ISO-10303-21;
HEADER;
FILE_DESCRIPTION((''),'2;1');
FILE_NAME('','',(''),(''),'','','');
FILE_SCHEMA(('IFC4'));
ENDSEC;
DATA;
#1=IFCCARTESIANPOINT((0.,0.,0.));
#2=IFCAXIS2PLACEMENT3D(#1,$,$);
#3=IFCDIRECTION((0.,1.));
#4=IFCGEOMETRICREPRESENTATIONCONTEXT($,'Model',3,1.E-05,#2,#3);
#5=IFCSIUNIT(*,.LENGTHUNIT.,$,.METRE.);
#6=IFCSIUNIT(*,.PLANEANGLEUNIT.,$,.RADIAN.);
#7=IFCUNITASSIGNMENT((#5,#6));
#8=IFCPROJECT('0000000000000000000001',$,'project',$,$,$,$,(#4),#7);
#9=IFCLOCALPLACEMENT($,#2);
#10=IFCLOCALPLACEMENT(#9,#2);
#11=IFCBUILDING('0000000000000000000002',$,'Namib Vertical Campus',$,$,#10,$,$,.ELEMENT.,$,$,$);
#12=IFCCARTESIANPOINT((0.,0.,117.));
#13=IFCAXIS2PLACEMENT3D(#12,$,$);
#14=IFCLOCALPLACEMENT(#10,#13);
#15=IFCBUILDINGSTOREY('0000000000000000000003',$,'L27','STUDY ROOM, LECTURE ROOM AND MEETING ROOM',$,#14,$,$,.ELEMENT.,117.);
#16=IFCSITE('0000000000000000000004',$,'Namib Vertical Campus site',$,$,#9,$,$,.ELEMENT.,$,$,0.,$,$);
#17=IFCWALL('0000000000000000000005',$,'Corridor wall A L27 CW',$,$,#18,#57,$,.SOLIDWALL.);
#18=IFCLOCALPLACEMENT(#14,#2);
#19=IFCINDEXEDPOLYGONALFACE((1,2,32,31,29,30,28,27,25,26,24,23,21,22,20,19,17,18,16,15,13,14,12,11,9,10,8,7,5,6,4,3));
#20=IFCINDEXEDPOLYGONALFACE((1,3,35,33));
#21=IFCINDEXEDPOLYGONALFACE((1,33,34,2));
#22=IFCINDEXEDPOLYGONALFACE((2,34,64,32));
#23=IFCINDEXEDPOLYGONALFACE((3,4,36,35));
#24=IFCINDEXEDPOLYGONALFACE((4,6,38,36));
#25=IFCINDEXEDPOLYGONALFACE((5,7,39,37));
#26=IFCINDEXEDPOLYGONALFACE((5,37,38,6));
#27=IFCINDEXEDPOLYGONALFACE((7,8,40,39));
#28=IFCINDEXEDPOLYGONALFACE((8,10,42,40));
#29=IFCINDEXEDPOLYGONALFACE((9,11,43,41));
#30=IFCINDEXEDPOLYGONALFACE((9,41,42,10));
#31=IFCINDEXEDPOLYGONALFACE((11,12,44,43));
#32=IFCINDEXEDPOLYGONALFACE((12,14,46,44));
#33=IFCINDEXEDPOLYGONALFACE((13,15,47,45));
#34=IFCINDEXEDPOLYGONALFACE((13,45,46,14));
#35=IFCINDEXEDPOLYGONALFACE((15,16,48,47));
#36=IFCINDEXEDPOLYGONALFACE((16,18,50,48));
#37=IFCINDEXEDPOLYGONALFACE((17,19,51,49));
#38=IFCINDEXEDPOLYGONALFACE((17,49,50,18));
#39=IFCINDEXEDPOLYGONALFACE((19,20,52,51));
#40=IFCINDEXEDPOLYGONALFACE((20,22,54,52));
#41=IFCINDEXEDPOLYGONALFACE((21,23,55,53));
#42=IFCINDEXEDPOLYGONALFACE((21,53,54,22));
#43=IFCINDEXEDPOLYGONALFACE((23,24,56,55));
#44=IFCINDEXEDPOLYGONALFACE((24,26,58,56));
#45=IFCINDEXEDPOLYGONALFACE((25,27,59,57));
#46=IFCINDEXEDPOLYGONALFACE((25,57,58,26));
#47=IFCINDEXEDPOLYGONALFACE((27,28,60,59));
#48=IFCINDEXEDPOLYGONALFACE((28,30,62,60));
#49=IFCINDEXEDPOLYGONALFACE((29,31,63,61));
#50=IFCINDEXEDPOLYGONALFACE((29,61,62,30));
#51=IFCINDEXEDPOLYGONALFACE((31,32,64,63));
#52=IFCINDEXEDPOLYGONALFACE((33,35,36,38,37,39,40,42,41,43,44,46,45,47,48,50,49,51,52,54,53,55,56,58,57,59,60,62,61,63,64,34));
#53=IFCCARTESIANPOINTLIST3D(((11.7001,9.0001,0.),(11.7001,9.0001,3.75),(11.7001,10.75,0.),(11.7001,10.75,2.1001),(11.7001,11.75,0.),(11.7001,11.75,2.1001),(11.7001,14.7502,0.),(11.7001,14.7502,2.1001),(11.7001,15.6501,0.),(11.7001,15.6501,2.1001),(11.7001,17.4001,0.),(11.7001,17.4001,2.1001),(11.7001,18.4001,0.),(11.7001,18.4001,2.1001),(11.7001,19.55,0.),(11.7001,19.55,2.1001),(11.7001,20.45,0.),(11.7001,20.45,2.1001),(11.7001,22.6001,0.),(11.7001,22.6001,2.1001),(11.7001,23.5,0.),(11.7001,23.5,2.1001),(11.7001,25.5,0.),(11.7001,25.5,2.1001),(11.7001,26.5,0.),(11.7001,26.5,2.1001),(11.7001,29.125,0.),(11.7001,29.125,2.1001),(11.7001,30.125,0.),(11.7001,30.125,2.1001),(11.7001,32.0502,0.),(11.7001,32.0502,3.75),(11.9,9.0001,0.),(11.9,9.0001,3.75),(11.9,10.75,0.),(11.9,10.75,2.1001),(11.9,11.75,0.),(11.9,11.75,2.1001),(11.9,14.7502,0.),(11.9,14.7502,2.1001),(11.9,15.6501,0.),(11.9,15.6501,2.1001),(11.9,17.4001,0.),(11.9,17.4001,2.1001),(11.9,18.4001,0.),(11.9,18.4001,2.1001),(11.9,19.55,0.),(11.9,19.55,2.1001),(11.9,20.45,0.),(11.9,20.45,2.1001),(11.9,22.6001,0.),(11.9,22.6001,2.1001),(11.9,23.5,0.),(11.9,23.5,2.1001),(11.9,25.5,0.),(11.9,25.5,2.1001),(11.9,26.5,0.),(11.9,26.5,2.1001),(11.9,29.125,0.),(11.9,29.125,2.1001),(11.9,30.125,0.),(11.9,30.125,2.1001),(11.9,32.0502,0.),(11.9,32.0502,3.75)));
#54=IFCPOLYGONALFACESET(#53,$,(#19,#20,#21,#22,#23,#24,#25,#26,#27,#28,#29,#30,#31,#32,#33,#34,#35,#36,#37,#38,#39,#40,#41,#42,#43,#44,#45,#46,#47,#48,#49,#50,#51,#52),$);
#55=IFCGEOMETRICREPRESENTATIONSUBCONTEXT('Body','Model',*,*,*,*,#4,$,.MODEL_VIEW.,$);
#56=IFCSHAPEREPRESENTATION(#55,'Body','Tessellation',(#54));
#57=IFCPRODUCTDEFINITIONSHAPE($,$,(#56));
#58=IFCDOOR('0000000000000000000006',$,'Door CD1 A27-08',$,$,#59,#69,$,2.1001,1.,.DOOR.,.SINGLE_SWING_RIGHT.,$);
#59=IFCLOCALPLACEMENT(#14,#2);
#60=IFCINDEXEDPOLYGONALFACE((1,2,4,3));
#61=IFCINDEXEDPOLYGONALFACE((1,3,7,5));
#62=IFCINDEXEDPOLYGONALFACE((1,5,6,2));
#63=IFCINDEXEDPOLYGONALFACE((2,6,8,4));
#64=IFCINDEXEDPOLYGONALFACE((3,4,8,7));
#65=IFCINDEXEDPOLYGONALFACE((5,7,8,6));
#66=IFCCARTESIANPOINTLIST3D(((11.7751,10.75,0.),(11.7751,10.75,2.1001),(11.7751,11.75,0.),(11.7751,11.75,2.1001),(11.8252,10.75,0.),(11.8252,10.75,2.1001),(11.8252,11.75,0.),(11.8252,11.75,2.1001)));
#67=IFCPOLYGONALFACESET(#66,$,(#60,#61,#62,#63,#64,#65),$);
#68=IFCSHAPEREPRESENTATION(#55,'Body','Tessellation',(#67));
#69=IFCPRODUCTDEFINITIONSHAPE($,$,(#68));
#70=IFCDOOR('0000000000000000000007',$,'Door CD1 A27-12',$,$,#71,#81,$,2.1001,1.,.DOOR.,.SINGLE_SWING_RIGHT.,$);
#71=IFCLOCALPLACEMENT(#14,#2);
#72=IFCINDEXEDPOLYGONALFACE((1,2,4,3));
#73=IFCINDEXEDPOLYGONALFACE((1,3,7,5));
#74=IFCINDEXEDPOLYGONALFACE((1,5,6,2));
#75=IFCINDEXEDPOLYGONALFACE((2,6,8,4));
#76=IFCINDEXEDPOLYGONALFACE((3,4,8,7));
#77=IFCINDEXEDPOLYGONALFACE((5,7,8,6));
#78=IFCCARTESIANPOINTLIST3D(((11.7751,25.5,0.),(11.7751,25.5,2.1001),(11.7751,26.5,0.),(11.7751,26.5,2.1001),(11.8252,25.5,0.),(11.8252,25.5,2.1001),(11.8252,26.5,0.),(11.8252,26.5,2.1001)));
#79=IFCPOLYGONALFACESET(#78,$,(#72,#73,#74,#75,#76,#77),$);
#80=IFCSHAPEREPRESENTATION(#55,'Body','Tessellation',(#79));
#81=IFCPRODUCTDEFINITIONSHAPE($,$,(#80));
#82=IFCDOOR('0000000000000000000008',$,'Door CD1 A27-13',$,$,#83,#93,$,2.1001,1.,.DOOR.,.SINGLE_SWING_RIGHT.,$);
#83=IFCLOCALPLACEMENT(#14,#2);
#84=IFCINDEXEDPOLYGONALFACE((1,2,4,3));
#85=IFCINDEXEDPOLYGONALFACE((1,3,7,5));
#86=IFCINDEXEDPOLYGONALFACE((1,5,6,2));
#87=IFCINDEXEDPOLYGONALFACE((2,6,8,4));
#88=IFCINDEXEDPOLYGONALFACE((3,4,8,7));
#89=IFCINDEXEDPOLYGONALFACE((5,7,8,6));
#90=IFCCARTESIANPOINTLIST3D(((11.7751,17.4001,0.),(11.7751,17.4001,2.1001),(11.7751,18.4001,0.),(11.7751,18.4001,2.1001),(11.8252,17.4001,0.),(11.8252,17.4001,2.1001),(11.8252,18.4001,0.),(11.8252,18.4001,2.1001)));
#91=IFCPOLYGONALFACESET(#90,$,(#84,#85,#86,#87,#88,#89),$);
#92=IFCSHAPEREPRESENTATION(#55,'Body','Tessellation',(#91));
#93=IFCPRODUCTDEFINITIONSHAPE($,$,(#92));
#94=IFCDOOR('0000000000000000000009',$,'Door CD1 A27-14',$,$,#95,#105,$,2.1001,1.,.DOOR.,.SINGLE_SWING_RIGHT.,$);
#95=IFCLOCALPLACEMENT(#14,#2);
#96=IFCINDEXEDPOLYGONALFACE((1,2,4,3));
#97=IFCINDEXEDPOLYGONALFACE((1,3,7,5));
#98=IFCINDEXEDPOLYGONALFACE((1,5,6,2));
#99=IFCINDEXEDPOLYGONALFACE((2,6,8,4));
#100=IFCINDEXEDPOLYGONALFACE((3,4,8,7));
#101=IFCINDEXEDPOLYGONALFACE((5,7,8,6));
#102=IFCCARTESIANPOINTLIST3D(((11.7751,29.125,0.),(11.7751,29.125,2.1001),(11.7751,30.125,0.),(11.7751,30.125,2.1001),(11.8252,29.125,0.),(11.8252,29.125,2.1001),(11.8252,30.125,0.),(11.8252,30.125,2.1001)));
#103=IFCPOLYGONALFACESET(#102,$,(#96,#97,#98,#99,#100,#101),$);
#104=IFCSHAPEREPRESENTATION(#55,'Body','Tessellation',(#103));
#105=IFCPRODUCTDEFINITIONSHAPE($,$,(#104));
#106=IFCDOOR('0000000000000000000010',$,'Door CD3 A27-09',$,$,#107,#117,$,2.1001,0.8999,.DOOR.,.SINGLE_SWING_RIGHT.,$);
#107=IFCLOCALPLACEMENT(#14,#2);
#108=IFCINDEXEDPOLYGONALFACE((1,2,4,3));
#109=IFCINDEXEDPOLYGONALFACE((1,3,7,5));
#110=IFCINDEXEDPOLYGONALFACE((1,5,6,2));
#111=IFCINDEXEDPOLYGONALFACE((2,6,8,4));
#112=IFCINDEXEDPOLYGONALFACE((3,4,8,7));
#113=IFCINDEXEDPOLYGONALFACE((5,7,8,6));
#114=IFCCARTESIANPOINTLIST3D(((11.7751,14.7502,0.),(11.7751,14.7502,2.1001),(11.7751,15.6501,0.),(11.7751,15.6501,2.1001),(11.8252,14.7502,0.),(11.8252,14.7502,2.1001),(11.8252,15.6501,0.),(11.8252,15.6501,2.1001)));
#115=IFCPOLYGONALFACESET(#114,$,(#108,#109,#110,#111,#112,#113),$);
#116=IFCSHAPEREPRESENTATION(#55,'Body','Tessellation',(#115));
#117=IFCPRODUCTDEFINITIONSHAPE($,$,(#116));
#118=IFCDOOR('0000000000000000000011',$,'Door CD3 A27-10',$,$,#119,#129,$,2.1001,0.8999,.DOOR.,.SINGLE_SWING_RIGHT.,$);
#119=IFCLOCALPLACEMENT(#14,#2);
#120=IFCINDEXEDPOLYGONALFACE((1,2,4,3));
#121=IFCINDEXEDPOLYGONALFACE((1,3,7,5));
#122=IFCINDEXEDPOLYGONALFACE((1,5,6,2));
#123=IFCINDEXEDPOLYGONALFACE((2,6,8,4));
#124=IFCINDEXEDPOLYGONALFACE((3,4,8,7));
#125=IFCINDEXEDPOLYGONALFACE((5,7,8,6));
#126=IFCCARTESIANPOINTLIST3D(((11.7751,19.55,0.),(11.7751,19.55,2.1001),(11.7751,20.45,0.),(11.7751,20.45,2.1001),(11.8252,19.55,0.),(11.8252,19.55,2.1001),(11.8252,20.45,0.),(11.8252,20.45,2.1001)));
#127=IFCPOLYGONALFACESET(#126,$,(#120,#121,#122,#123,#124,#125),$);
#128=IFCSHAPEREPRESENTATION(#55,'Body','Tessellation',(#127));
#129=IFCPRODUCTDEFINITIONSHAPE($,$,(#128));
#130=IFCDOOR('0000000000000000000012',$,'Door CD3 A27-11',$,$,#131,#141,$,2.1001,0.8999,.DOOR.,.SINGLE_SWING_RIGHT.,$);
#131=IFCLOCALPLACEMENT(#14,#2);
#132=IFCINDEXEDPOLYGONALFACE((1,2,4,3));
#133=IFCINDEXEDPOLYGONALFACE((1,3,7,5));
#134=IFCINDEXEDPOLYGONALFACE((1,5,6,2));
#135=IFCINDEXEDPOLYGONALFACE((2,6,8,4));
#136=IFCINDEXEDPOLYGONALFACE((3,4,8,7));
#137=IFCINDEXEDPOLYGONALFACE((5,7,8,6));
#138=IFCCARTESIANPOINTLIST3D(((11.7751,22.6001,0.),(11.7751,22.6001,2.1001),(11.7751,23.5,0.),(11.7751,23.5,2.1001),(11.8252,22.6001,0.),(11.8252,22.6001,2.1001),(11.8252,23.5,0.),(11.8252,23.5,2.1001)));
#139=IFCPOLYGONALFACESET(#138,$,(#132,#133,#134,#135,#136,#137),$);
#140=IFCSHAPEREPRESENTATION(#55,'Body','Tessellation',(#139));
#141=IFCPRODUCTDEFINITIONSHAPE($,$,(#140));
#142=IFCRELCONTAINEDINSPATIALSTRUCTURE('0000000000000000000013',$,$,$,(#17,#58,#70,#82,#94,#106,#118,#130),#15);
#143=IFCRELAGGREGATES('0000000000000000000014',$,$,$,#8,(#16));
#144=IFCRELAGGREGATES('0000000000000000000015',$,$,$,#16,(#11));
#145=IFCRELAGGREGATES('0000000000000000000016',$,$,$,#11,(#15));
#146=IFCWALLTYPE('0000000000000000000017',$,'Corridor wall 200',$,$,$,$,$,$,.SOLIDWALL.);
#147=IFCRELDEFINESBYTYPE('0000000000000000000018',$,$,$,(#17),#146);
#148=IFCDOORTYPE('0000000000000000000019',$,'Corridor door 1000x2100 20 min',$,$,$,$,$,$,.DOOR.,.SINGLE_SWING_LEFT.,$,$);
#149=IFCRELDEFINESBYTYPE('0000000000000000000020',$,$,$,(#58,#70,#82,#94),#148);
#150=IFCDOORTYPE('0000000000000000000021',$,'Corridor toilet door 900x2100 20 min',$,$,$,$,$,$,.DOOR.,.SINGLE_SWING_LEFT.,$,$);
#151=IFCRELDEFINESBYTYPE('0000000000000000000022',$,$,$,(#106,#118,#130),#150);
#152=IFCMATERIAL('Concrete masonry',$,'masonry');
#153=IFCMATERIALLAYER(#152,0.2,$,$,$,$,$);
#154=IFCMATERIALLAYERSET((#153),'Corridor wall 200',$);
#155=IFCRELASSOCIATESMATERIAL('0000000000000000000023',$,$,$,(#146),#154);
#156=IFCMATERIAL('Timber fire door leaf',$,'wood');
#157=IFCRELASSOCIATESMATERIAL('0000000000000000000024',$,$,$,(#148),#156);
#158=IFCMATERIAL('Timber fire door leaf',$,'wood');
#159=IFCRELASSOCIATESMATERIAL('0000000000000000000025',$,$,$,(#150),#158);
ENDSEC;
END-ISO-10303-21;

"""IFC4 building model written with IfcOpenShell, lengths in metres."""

from ifc_helpers import new_model, si_unit, direction, frame, frame_2d, origin, place, context, subcontext, project, spatial, rectangle, extrude, material, layer, layer_set, type_object, element, fill, save


model = new_model("IFC4")

# Units and contexts
model_context = context("Model", 3, precision=1e-05, world=origin(), true_north=direction((0.0, 1.0)))
body_context = subcontext(model_context, "Body", "Model", "MODEL_VIEW")
ifc_project = project(units=[si_unit("LENGTHUNIT", "METRE"), si_unit("PLANEANGLEUNIT", "RADIAN")], contexts=[model_context])

# Site, building, storey
site_placement = place(None, origin())
site = spatial("IfcSite", under=ifc_project, at=site_placement, Name="Namib Vertical Campus site", CompositionType="ELEMENT", RefElevation=0.0)
building_placement = place(site_placement, origin())
building = spatial("IfcBuilding", under=site, at=building_placement, Name="Namib Vertical Campus", CompositionType="ELEMENT")
storey_placement = place(building_placement, frame((0.0, 0.0, 117.0)))
storey = spatial("IfcBuildingStorey", under=building, at=storey_placement, Name="L27", Description="STUDY ROOM, LECTURE ROOM AND MEETING ROOM", CompositionType="ELEMENT", Elevation=117.0)

# Wall, openings, doors
ifc_material_1 = material(Name="Concrete masonry", Category="masonry")
ifc_layer_1 = layer(ifc_material_1, 0.2)
ifc_layer_set_1 = layer_set([ifc_layer_1], Name="Corridor wall 200")
wall_type_1 = type_object("IfcWallType", Name="Corridor wall 200", PredefinedType="SOLIDWALL", material=ifc_layer_set_1)
wall_1_placement = place(storey_placement, frame((11.8, 32.05, 0.0), z_axis=(0.0, 0.0, 1.0), x_axis=(0.0, -1.0, 0.0)))
wall_1 = element("IfcWall", 1, at=wall_1_placement, inside=storey, type_object=wall_type_1, Name="Corridor wall A L27 CW", PredefinedType="SOLIDWALL", context=body_context, shape_type="SweptSolid", body=[
    extrude(rectangle(XDim=23.05, YDim=0.2, at=frame_2d((11.5249, 0.0))), origin(), (0.0, 0.0, 1.0), 3.75),
])
opening_1_placement = place(wall_1_placement, frame((20.3, 0.0, 0.0)))
opening_1 = element("IfcOpeningElement", 2, at=opening_1_placement, cuts=wall_1, PredefinedType="OPENING", context=body_context, shape_type="SweptSolid", body=[
    extrude(rectangle(XDim=1.0, YDim=2.1001, at=frame_2d((0.5, 1.05))), frame((0.0, 0.1099, 0.0), z_axis=(0.0, -1.0, 0.0), x_axis=(1.0, 0.0, 0.0)), (0.0, 0.0, 1.0), 0.22),
])
opening_2_placement = place(wall_1_placement, frame((16.3999, 0.0, 0.0)))
opening_2 = element("IfcOpeningElement", 3, at=opening_2_placement, cuts=wall_1, PredefinedType="OPENING", context=body_context, shape_type="SweptSolid", body=[
    extrude(rectangle(XDim=0.8999, YDim=2.1001, at=frame_2d((0.45, 1.05))), frame((0.0, 0.1099, 0.0), z_axis=(0.0, -1.0, 0.0), x_axis=(1.0, 0.0, 0.0)), (0.0, 0.0, 1.0), 0.22),
])
opening_3_placement = place(wall_1_placement, frame((11.6001, 0.0, 0.0)))
opening_3 = element("IfcOpeningElement", 4, at=opening_3_placement, cuts=wall_1, PredefinedType="OPENING", context=body_context, shape_type="SweptSolid", body=[
    extrude(rectangle(XDim=0.8999, YDim=2.1001, at=frame_2d((0.45, 1.05))), frame((0.0, 0.1099, 0.0), z_axis=(0.0, -1.0, 0.0), x_axis=(1.0, 0.0, 0.0)), (0.0, 0.0, 1.0), 0.22),
])
opening_4_placement = place(wall_1_placement, frame((8.55, 0.0, 0.0)))
opening_4 = element("IfcOpeningElement", 5, at=opening_4_placement, cuts=wall_1, PredefinedType="OPENING", context=body_context, shape_type="SweptSolid", body=[
    extrude(rectangle(XDim=0.8999, YDim=2.1001, at=frame_2d((0.45, 1.05))), frame((0.0, 0.1099, 0.0), z_axis=(0.0, -1.0, 0.0), x_axis=(1.0, 0.0, 0.0)), (0.0, 0.0, 1.0), 0.22),
])
opening_5_placement = place(wall_1_placement, frame((5.55, 0.0, 0.0)))
opening_5 = element("IfcOpeningElement", 6, at=opening_5_placement, cuts=wall_1, PredefinedType="OPENING", context=body_context, shape_type="SweptSolid", body=[
    extrude(rectangle(XDim=1.0, YDim=2.1001, at=frame_2d((0.5, 1.05))), frame((0.0, 0.1099, 0.0), z_axis=(0.0, -1.0, 0.0), x_axis=(1.0, 0.0, 0.0)), (0.0, 0.0, 1.0), 0.22),
])
opening_6_placement = place(wall_1_placement, frame((13.6499, 0.0, 0.0)))
opening_6 = element("IfcOpeningElement", 7, at=opening_6_placement, cuts=wall_1, PredefinedType="OPENING", context=body_context, shape_type="SweptSolid", body=[
    extrude(rectangle(XDim=1.0, YDim=2.1001, at=frame_2d((0.5, 1.05))), frame((0.0, 0.1099, 0.0), z_axis=(0.0, -1.0, 0.0), x_axis=(1.0, 0.0, 0.0)), (0.0, 0.0, 1.0), 0.22),
])
opening_7_placement = place(wall_1_placement, frame((1.925, 0.0, 0.0)))
opening_7 = element("IfcOpeningElement", 8, at=opening_7_placement, cuts=wall_1, PredefinedType="OPENING", context=body_context, shape_type="SweptSolid", body=[
    extrude(rectangle(XDim=1.0, YDim=2.1001, at=frame_2d((0.5, 1.05))), frame((0.0, 0.1099, 0.0), z_axis=(0.0, -1.0, 0.0), x_axis=(1.0, 0.0, 0.0)), (0.0, 0.0, 1.0), 0.22),
])
ifc_material_2 = material(Name="Timber fire door leaf", Category="wood")
door_type_1 = type_object("IfcDoorType", Name="Corridor door 1000x2100 20 min", OperationType="SINGLE_SWING_LEFT", PredefinedType="DOOR", material=ifc_material_2)
door_1_placement = place(opening_1_placement, frame((1.0, 0.0, 0.0), z_axis=(0.0, 0.0, 1.0), x_axis=(-1.0, 0.0, 0.0)))
door_1 = element("IfcDoor", 9, at=door_1_placement, inside=storey, type_object=door_type_1, Name="Door CD1 A27-08", OperationType="SINGLE_SWING_RIGHT", OverallHeight=2.1001, OverallWidth=1.0, PredefinedType="DOOR", context=body_context, shape_type="SweptSolid", body=[
    extrude(rectangle(XDim=1.0, YDim=2.1001, at=frame_2d((0.5, 1.05))), frame((0.0, 0.0249, 0.0), z_axis=(0.0, -1.0, 0.0), x_axis=(1.0, 0.0, 0.0)), (0.0, 0.0, 1.0), 0.05),
])
fill(opening_1, door_1)
door_2_placement = place(opening_5_placement, frame((1.0, 0.0, 0.0), z_axis=(0.0, 0.0, 1.0), x_axis=(-1.0, 0.0, 0.0)))
door_2 = element("IfcDoor", 10, at=door_2_placement, inside=storey, type_object=door_type_1, Name="Door CD1 A27-12", OperationType="SINGLE_SWING_RIGHT", OverallHeight=2.1001, OverallWidth=1.0, PredefinedType="DOOR", context=body_context, shape_type="SweptSolid", body=[
    extrude(rectangle(XDim=1.0, YDim=2.1001, at=frame_2d((0.5, 1.05))), frame((0.0, 0.0249, 0.0), z_axis=(0.0, -1.0, 0.0), x_axis=(1.0, 0.0, 0.0)), (0.0, 0.0, 1.0), 0.05),
])
fill(opening_5, door_2)
door_3_placement = place(opening_6_placement, frame((1.0, 0.0, 0.0), z_axis=(0.0, 0.0, 1.0), x_axis=(-1.0, 0.0, 0.0)))
door_3 = element("IfcDoor", 11, at=door_3_placement, inside=storey, type_object=door_type_1, Name="Door CD1 A27-13", OperationType="SINGLE_SWING_RIGHT", OverallHeight=2.1001, OverallWidth=1.0, PredefinedType="DOOR", context=body_context, shape_type="SweptSolid", body=[
    extrude(rectangle(XDim=1.0, YDim=2.1001, at=frame_2d((0.5, 1.05))), frame((0.0, 0.0249, 0.0), z_axis=(0.0, -1.0, 0.0), x_axis=(1.0, 0.0, 0.0)), (0.0, 0.0, 1.0), 0.05),
])
fill(opening_6, door_3)
door_4_placement = place(opening_7_placement, frame((1.0, 0.0, 0.0), z_axis=(0.0, 0.0, 1.0), x_axis=(-1.0, 0.0, 0.0)))
door_4 = element("IfcDoor", 12, at=door_4_placement, inside=storey, type_object=door_type_1, Name="Door CD1 A27-14", OperationType="SINGLE_SWING_RIGHT", OverallHeight=2.1001, OverallWidth=1.0, PredefinedType="DOOR", context=body_context, shape_type="SweptSolid", body=[
    extrude(rectangle(XDim=1.0, YDim=2.1001, at=frame_2d((0.5, 1.05))), frame((0.0, 0.0249, 0.0), z_axis=(0.0, -1.0, 0.0), x_axis=(1.0, 0.0, 0.0)), (0.0, 0.0, 1.0), 0.05),
])
fill(opening_7, door_4)
ifc_material_3 = material(Name="Timber fire door leaf", Category="wood")
door_type_2 = type_object("IfcDoorType", Name="Corridor toilet door 900x2100 20 min", OperationType="SINGLE_SWING_LEFT", PredefinedType="DOOR", material=ifc_material_3)
door_5_placement = place(opening_2_placement, frame((0.8999, 0.0, 0.0), z_axis=(0.0, 0.0, 1.0), x_axis=(-1.0, 0.0, 0.0)))
door_5 = element("IfcDoor", 13, at=door_5_placement, inside=storey, type_object=door_type_2, Name="Door CD3 A27-09", OperationType="SINGLE_SWING_RIGHT", OverallHeight=2.1001, OverallWidth=0.8999, PredefinedType="DOOR", context=body_context, shape_type="SweptSolid", body=[
    extrude(rectangle(XDim=0.8999, YDim=2.1001, at=frame_2d((0.45, 1.05))), frame((0.0, 0.0249, 0.0), z_axis=(0.0, -1.0, 0.0), x_axis=(1.0, 0.0, 0.0)), (0.0, 0.0, 1.0), 0.05),
])
fill(opening_2, door_5)
door_6_placement = place(opening_3_placement, frame((0.8999, 0.0, 0.0), z_axis=(0.0, 0.0, 1.0), x_axis=(-1.0, 0.0, 0.0)))
door_6 = element("IfcDoor", 14, at=door_6_placement, inside=storey, type_object=door_type_2, Name="Door CD3 A27-10", OperationType="SINGLE_SWING_RIGHT", OverallHeight=2.1001, OverallWidth=0.8999, PredefinedType="DOOR", context=body_context, shape_type="SweptSolid", body=[
    extrude(rectangle(XDim=0.8999, YDim=2.1001, at=frame_2d((0.45, 1.05))), frame((0.0, 0.0249, 0.0), z_axis=(0.0, -1.0, 0.0), x_axis=(1.0, 0.0, 0.0)), (0.0, 0.0, 1.0), 0.05),
])
fill(opening_3, door_6)
door_7_placement = place(opening_4_placement, frame((0.8999, 0.0, 0.0), z_axis=(0.0, 0.0, 1.0), x_axis=(-1.0, 0.0, 0.0)))
door_7 = element("IfcDoor", 15, at=door_7_placement, inside=storey, type_object=door_type_2, Name="Door CD3 A27-11", OperationType="SINGLE_SWING_RIGHT", OverallHeight=2.1001, OverallWidth=0.8999, PredefinedType="DOOR", context=body_context, shape_type="SweptSolid", body=[
    extrude(rectangle(XDim=0.8999, YDim=2.1001, at=frame_2d((0.45, 1.05))), frame((0.0, 0.0249, 0.0), z_axis=(0.0, -1.0, 0.0), x_axis=(1.0, 0.0, 0.0)), (0.0, 0.0, 1.0), 0.05),
])
fill(opening_4, door_7)

save(model, "model.ifc")
